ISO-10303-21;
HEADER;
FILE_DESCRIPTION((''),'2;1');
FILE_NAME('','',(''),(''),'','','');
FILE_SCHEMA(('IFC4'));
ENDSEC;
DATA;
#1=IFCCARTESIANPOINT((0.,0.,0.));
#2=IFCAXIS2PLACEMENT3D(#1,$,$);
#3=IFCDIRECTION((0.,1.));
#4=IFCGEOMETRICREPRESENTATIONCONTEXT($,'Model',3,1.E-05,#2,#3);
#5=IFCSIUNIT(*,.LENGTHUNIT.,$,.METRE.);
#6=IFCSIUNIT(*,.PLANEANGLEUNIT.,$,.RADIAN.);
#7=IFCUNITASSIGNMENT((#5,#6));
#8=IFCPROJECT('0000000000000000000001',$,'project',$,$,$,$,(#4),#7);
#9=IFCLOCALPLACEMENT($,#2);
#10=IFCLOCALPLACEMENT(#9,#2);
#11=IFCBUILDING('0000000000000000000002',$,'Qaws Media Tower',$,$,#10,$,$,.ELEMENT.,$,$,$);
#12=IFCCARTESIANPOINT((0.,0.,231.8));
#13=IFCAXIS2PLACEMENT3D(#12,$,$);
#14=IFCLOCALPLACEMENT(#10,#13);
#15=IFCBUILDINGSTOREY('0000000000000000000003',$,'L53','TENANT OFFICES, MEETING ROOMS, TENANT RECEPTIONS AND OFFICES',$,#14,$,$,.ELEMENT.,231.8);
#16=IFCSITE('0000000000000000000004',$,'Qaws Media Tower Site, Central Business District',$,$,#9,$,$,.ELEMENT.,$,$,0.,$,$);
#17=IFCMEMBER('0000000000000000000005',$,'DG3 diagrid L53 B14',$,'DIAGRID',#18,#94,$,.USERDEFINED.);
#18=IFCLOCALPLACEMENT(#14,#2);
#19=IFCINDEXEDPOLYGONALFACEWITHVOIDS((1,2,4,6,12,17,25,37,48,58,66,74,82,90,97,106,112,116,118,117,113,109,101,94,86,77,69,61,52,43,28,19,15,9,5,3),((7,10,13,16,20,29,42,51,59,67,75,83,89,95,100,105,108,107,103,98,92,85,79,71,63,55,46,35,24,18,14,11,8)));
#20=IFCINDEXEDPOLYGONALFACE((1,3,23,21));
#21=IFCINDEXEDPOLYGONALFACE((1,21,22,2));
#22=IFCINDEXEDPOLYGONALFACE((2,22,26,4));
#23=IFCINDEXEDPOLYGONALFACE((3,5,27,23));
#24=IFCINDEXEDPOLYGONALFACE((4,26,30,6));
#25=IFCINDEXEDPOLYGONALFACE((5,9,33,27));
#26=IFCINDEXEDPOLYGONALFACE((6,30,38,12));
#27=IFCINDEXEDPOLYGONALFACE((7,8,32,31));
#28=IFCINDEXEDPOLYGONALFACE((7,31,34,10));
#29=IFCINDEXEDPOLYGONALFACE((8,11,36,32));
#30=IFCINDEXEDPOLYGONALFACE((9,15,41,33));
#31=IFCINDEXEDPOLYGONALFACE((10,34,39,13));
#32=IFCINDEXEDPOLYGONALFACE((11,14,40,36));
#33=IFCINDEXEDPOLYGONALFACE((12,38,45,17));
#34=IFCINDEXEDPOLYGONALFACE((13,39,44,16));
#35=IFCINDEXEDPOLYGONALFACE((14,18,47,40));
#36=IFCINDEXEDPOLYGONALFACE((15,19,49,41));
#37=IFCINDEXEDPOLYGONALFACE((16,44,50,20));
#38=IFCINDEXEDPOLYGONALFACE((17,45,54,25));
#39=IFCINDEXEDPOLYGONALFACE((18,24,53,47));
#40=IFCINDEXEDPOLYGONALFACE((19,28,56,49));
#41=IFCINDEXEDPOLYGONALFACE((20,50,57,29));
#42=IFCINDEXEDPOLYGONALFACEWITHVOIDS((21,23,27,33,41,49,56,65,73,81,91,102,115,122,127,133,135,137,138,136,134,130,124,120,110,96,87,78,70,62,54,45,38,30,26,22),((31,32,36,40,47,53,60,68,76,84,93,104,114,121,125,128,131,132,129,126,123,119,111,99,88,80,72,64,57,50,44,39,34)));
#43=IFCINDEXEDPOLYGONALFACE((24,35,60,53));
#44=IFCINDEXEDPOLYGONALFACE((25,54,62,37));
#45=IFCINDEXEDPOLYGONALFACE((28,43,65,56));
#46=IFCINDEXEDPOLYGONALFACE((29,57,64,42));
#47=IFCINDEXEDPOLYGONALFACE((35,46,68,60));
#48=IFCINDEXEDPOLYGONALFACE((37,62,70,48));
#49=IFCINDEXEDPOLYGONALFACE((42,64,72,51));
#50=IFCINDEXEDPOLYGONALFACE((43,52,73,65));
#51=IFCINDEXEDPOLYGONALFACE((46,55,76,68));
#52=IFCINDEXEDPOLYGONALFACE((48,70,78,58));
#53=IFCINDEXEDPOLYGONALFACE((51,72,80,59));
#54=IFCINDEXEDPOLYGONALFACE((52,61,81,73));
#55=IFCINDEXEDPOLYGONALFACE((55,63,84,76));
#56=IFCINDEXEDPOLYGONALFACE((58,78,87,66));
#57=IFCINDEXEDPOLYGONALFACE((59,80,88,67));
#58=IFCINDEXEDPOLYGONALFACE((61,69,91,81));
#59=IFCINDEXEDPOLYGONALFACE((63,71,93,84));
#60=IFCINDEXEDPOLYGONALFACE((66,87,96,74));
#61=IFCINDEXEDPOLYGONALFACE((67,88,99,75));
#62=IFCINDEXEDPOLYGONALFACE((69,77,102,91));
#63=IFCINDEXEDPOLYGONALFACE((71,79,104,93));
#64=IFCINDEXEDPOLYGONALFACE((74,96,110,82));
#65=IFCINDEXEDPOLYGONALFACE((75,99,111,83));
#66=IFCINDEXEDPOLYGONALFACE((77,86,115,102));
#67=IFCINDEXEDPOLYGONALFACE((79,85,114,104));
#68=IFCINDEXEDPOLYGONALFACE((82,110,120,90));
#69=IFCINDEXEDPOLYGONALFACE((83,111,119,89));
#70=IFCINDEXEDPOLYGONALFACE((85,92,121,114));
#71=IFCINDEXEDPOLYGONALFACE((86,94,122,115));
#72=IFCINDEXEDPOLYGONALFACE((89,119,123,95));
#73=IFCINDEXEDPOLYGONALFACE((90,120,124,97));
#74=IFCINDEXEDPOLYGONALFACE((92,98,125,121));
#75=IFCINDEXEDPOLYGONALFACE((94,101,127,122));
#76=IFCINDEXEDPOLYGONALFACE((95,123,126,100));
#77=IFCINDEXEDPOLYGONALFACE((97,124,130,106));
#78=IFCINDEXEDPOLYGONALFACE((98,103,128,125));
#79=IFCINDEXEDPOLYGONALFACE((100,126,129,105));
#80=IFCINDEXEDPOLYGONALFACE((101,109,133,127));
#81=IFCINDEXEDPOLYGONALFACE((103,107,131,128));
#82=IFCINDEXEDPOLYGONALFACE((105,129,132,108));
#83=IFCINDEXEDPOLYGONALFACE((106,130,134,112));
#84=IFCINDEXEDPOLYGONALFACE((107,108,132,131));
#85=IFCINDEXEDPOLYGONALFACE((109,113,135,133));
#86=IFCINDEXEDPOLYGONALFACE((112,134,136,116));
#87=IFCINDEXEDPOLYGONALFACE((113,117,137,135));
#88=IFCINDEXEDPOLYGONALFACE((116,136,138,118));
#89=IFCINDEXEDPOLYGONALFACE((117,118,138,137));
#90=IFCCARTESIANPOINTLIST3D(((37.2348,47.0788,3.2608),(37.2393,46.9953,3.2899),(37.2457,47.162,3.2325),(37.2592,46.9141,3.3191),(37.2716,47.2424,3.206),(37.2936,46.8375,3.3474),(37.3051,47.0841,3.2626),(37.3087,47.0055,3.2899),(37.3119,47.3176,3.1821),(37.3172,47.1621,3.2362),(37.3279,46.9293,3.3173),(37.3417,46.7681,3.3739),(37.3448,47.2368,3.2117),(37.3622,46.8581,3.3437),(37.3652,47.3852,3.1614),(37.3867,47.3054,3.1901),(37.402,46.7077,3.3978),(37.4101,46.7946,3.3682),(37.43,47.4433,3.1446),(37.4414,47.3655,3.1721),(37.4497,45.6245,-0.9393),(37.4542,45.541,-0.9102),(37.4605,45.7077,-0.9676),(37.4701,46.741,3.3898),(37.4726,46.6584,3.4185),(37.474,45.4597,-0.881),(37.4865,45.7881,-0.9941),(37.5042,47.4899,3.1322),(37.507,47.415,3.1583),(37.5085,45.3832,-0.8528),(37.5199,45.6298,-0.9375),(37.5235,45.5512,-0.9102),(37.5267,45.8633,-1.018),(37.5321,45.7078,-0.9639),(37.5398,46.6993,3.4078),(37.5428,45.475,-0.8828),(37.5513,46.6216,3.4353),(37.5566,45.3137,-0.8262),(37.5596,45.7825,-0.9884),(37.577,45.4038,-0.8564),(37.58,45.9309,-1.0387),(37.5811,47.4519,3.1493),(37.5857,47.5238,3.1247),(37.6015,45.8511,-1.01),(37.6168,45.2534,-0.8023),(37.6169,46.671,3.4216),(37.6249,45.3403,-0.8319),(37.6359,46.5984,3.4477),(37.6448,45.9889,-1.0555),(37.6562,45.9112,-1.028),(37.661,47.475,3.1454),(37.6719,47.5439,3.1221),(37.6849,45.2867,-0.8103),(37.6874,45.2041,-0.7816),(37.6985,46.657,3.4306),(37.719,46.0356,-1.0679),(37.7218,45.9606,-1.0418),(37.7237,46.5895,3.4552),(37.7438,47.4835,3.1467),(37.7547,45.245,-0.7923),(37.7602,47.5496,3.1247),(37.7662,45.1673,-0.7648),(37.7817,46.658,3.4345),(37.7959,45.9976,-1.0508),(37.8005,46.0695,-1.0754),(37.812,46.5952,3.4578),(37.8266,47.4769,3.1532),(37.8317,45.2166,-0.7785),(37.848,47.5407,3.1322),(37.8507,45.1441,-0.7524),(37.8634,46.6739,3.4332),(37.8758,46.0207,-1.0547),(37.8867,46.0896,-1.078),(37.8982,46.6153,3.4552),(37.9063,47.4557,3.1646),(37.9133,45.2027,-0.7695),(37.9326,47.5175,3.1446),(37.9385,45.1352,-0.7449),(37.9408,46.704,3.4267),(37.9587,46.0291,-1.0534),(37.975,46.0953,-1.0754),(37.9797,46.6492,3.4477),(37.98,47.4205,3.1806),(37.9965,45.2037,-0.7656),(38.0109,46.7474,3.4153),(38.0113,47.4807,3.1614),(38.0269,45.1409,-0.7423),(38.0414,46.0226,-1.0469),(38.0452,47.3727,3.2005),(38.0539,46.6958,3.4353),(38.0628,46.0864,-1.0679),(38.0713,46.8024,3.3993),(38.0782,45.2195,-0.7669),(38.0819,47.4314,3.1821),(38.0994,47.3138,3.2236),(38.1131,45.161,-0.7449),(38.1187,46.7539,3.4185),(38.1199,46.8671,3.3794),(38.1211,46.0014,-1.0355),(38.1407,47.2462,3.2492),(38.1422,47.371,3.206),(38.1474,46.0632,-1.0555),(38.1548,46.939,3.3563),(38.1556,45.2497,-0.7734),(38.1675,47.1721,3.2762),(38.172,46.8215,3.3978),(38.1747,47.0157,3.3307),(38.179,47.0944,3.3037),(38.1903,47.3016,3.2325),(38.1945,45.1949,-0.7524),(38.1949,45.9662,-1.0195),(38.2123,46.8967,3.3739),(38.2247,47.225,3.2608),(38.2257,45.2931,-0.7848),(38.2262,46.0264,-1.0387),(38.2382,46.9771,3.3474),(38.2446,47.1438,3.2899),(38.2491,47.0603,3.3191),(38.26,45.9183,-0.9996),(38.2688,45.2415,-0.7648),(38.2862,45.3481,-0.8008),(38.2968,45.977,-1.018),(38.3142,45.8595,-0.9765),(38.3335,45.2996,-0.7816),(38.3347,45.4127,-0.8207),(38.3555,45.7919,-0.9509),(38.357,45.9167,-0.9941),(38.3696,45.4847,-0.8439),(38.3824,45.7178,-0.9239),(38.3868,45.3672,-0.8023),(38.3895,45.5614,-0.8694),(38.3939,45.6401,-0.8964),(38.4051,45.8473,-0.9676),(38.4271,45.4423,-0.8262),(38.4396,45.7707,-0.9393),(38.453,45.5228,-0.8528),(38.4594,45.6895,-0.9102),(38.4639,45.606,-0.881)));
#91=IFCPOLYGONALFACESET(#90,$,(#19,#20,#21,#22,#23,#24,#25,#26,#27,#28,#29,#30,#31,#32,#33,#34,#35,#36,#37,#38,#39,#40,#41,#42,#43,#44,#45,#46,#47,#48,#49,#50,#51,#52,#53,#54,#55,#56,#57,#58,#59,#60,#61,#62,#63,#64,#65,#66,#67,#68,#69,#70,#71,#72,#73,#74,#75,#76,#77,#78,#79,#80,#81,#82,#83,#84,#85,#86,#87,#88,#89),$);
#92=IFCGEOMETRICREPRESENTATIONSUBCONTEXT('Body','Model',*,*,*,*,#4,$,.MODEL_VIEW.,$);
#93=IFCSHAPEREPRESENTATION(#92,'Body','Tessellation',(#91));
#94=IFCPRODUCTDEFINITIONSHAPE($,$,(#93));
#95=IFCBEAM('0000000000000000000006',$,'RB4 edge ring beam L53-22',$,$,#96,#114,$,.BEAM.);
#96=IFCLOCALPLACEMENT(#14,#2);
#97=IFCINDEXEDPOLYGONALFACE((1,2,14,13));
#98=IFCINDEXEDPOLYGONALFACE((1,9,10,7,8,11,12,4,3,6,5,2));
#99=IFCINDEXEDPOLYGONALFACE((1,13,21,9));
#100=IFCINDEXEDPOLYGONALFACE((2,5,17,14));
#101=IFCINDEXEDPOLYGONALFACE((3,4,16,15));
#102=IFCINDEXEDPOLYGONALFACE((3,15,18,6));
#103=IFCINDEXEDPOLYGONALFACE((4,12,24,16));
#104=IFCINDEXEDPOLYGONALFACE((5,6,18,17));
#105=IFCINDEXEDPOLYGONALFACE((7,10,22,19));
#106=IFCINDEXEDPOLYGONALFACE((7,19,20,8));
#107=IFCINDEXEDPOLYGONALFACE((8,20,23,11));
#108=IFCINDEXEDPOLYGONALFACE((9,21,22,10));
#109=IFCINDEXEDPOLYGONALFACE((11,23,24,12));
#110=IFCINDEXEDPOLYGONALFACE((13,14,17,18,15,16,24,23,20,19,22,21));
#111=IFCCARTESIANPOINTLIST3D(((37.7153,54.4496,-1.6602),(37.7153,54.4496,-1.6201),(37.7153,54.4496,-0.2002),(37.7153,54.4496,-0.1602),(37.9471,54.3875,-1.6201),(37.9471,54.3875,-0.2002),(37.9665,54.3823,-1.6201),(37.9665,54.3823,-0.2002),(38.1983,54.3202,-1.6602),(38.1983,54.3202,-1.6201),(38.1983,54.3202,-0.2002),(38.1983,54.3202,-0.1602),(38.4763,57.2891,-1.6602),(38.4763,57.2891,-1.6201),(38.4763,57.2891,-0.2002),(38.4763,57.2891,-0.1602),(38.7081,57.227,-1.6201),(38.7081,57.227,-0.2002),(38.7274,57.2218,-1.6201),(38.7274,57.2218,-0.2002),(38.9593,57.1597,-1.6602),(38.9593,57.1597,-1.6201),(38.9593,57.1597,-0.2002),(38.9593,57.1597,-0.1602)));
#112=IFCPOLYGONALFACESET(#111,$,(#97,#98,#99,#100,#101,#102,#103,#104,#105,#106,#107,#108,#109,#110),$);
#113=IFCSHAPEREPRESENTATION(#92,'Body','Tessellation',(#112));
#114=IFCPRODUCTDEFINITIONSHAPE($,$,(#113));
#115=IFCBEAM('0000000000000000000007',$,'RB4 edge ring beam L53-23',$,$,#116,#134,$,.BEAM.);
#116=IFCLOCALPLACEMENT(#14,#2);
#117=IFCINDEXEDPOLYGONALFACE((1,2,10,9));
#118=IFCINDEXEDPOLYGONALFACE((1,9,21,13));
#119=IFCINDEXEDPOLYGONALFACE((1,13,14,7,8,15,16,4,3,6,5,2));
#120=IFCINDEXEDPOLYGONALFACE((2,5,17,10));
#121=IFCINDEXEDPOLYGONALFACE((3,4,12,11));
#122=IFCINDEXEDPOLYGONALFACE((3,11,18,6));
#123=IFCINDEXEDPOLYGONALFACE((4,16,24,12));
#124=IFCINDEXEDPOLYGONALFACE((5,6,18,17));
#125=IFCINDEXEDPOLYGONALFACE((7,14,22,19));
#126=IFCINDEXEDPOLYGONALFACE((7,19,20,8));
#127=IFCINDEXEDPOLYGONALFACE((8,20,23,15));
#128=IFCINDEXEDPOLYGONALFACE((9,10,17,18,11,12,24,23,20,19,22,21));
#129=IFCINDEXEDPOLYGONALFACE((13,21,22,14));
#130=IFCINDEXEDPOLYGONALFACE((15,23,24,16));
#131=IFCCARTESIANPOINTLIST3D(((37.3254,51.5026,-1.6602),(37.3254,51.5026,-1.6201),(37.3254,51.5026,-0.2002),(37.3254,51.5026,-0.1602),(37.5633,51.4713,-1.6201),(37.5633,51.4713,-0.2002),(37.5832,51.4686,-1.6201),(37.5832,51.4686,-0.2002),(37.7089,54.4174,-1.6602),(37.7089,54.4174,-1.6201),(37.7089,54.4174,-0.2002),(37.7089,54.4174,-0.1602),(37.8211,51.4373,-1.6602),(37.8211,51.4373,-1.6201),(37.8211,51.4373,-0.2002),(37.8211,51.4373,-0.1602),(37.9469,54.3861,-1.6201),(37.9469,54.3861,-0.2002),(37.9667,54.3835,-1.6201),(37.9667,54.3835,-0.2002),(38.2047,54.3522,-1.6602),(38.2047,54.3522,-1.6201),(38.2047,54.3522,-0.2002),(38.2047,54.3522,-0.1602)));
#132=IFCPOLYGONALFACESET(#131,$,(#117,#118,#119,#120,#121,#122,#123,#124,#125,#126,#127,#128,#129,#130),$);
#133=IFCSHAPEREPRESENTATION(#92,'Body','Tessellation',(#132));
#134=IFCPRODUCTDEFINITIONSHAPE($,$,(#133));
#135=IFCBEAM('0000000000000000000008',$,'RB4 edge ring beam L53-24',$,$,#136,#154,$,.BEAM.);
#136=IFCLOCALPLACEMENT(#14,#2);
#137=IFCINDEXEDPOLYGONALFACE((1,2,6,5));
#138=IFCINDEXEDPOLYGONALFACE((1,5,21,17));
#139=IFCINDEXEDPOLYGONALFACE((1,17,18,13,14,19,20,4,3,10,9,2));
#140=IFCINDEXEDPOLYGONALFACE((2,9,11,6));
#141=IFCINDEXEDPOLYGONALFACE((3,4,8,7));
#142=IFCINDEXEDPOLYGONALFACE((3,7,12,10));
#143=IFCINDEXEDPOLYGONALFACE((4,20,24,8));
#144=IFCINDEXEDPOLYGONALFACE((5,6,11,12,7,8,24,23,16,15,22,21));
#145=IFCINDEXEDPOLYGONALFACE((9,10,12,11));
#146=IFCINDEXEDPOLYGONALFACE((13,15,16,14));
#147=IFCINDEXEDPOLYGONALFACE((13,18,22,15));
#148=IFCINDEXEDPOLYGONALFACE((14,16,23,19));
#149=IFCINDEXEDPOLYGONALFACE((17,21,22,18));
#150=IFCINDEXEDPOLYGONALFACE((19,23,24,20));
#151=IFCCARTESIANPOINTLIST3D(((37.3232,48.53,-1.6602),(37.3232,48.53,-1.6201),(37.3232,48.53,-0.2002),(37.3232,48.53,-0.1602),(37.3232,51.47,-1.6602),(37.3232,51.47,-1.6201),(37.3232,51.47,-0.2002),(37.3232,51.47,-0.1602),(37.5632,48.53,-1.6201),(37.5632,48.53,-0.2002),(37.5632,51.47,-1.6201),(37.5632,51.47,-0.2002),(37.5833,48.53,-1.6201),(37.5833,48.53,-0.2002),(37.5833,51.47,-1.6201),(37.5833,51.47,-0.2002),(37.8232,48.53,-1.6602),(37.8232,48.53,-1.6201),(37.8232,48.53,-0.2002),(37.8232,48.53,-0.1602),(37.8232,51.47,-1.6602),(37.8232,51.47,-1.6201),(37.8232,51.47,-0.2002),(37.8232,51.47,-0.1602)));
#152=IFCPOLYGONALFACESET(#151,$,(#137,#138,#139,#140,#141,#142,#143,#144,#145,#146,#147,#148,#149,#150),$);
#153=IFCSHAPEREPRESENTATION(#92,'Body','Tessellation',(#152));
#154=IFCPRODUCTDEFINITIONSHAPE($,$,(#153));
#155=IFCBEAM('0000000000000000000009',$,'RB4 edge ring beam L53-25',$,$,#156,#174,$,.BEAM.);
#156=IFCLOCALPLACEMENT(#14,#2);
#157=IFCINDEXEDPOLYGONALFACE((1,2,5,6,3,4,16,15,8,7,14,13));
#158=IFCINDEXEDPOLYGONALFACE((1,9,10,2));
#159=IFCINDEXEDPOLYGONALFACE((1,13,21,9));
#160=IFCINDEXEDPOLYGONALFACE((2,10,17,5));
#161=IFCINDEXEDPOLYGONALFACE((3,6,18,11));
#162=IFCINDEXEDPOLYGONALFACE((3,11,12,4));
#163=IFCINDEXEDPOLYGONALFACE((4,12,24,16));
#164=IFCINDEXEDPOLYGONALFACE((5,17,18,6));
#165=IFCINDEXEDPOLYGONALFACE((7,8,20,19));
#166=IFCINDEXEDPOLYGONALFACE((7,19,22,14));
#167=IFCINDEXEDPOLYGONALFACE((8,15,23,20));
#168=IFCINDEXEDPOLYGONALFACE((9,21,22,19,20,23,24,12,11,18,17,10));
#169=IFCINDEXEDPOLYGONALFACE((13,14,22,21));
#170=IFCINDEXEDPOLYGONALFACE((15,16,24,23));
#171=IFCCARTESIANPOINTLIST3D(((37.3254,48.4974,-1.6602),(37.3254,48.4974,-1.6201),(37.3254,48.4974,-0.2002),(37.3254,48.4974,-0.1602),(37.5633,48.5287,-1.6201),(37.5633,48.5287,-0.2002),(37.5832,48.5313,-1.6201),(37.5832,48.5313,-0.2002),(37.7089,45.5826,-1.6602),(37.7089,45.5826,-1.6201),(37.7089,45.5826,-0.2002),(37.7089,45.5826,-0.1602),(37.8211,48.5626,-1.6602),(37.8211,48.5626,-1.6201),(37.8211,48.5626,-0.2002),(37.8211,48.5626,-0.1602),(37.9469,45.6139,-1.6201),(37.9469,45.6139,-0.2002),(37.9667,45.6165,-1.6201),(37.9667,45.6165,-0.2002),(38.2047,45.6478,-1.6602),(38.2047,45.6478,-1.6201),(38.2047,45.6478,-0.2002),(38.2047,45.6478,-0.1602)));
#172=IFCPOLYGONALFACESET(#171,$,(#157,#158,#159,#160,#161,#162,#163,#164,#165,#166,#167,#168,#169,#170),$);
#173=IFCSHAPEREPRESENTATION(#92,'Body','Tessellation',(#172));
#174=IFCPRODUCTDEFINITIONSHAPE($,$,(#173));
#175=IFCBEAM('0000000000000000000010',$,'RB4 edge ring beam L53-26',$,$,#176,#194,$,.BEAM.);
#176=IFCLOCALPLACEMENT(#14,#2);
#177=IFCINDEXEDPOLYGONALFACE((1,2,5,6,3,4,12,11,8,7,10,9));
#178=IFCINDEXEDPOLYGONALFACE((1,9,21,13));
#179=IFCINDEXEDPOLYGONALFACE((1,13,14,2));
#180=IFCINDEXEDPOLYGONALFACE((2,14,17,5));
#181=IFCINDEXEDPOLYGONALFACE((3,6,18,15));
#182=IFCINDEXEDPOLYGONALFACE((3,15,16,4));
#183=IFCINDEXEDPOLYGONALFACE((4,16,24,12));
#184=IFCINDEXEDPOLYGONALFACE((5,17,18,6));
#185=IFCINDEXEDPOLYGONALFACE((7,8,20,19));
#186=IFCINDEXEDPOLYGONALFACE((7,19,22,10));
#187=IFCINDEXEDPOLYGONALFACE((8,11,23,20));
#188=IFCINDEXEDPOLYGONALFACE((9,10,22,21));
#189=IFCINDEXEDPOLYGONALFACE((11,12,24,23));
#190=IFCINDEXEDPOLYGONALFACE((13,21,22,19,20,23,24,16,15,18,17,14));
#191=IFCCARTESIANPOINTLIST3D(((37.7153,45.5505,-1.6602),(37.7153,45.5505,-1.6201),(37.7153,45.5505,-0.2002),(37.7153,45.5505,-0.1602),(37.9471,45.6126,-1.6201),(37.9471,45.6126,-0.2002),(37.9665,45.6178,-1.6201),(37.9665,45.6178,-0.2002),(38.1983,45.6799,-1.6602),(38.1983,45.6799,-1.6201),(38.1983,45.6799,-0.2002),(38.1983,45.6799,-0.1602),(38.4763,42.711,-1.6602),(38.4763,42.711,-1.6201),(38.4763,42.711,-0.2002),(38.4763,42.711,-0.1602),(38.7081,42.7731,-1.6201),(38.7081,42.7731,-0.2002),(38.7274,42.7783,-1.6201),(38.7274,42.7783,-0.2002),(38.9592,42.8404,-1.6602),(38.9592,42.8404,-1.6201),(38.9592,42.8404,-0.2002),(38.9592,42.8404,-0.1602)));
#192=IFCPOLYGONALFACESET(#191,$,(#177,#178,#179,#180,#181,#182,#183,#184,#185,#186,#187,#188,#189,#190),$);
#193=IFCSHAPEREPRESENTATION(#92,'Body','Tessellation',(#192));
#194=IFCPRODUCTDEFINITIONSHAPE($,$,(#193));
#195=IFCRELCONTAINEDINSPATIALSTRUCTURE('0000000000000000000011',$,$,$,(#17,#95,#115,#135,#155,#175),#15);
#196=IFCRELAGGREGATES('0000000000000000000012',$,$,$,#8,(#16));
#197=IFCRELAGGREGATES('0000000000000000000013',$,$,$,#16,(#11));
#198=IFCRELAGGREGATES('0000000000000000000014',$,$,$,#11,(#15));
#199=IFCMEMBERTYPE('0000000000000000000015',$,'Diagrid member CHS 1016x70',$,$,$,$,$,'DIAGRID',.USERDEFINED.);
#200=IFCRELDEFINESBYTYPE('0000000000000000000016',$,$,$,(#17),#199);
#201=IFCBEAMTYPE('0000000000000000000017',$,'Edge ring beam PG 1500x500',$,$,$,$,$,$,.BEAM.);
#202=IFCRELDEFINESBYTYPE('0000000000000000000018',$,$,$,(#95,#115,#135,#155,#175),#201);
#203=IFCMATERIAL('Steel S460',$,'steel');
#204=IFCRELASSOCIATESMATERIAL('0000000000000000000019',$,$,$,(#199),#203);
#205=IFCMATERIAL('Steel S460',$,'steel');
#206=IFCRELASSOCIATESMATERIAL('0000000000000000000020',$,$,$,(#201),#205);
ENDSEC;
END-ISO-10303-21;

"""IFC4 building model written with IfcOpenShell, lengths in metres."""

from ifc_helpers import new_model, si_unit, direction, frame, origin, origin_2d, place, context, subcontext, project, spatial, hollow_circle, i_section, extrude, material, material_profile, profile_set, type_object, element, save


model = new_model("IFC4")

# Units and contexts
model_context = context("Model", 3, precision=1e-05, world=origin(), true_north=direction((0.0, 1.0)))
body_context = subcontext(model_context, "Body", "Model", "MODEL_VIEW")
ifc_project = project(units=[si_unit("LENGTHUNIT", "METRE"), si_unit("PLANEANGLEUNIT", "RADIAN")], contexts=[model_context])

# Site, building, storey
site_placement = place(None, origin())
site = spatial("IfcSite", under=ifc_project, at=site_placement, Name="Qaws Media Tower Site, Central Business District", CompositionType="ELEMENT", RefElevation=0.0)
building_placement = place(site_placement, origin())
building = spatial("IfcBuilding", under=site, at=building_placement, Name="Qaws Media Tower", CompositionType="ELEMENT")
storey_placement = place(building_placement, frame((0.0, 0.0, 231.8)))
storey = spatial("IfcBuildingStorey", under=building, at=storey_placement, Name="L53", Description="TENANT OFFICES, MEETING ROOMS, TENANT RECEPTIONS AND OFFICES", CompositionType="ELEMENT", Elevation=231.8)

# Member
ifc_material_1 = material(Name="Steel S460", Category="steel")
ifc_material_profile_1 = material_profile(ifc_material_1, hollow_circle(Radius=0.5081, WallThickness=0.0701, at=origin_2d()), Name="CHS 1016x70")
ifc_profile_set_1 = profile_set([ifc_material_profile_1], Name="Steel S460")
member_type_1 = type_object("IfcMemberType", Name="Diagrid member CHS 1016x70", ElementType="DIAGRID", PredefinedType="USERDEFINED", material=ifc_profile_set_1)
for number, where, z_axis, x_axis, name in (
    (1, (37.9568, 45.6152, -0.9102), (-0.048279, 0.326816, 0.943854), (-0.989264, -0.146139, 0.0), "DG3 diagrid L53 B14"),
):
    element("IfcMember", number, at=place(storey_placement, frame(where, z_axis=z_axis, x_axis=x_axis)), inside=storey, type_object=member_type_1, Name=name, ObjectType="DIAGRID", PredefinedType="USERDEFINED", context=body_context, shape_type="SweptSolid", body=[
        extrude(hollow_circle(Radius=0.5081, WallThickness=0.0701, at=origin_2d()), origin(), (0.0, 0.0, 1.0), 4.45),
    ])

# Beams
ifc_material_2 = material(Name="Steel S460", Category="steel")
ifc_material_profile_2 = material_profile(ifc_material_2, i_section(OverallWidth=0.5, OverallDepth=1.5, WebThickness=0.02, FlangeThickness=0.04, at=origin_2d()), Name="PG 1500x500")
ifc_profile_set_2 = profile_set([ifc_material_profile_2], Name="Steel S460")
beam_type = type_object("IfcBeamType", Name="Edge ring beam PG 1500x500", PredefinedType="BEAM", material=ifc_profile_set_2)
beam_1_placement = place(storey_placement, frame((38.7178, 57.2244, -0.9102), z_axis=(-0.258856, -0.965916, 0.0), x_axis=(0.965916, -0.258856, 0.0)))
element("IfcBeam", 2, at=beam_1_placement, inside=storey, type_object=beam_type, Name="RB4 edge ring beam L53-22", PredefinedType="BEAM", context=body_context, shape_type="SweptSolid", body=[
    extrude(i_section(OverallWidth=0.5, OverallDepth=1.5, WebThickness=0.02, FlangeThickness=0.04, at=origin_2d()), origin(), (0.0, 0.0, 1.0), 2.9397),
])
for number, where, z_axis, x_axis, name in (
    (3, (37.9568, 54.3848, -0.9102), (-0.130461, -0.991453, 0.0), (0.991453, -0.130461, 0.0), "RB4 edge ring beam L53-23"),
    (4, (37.5732, 51.47, -0.9102), (0.0, -1.0, 0.0), (1.0, 0.0, 0.0), "RB4 edge ring beam L53-24"),
    (5, (37.5732, 48.53, -0.9102), (0.130461, -0.991453, 0.0), (0.991453, 0.130461, 0.0), "RB4 edge ring beam L53-25"),
):
    element("IfcBeam", number, at=place(storey_placement, frame(where, z_axis=z_axis, x_axis=x_axis)), inside=storey, type_object=beam_type, Name=name, PredefinedType="BEAM", context=body_context, shape_type="SweptSolid", body=[
        extrude(i_section(OverallWidth=0.5, OverallDepth=1.5, WebThickness=0.02, FlangeThickness=0.04, at=origin_2d()), origin(), (0.0, 0.0, 1.0), 2.9399),
    ])
beam_2_placement = place(storey_placement, frame((37.9568, 45.6152, -0.9102), z_axis=(0.258856, -0.965916, 0.0), x_axis=(0.965916, 0.258856, 0.0)))
element("IfcBeam", 6, at=beam_2_placement, inside=storey, type_object=beam_type, Name="RB4 edge ring beam L53-26", PredefinedType="BEAM", context=body_context, shape_type="SweptSolid", body=[
    extrude(i_section(OverallWidth=0.5, OverallDepth=1.5, WebThickness=0.02, FlangeThickness=0.04, at=origin_2d()), origin(), (0.0, 0.0, 1.0), 2.9397),
])

save(model, "model.ifc")
